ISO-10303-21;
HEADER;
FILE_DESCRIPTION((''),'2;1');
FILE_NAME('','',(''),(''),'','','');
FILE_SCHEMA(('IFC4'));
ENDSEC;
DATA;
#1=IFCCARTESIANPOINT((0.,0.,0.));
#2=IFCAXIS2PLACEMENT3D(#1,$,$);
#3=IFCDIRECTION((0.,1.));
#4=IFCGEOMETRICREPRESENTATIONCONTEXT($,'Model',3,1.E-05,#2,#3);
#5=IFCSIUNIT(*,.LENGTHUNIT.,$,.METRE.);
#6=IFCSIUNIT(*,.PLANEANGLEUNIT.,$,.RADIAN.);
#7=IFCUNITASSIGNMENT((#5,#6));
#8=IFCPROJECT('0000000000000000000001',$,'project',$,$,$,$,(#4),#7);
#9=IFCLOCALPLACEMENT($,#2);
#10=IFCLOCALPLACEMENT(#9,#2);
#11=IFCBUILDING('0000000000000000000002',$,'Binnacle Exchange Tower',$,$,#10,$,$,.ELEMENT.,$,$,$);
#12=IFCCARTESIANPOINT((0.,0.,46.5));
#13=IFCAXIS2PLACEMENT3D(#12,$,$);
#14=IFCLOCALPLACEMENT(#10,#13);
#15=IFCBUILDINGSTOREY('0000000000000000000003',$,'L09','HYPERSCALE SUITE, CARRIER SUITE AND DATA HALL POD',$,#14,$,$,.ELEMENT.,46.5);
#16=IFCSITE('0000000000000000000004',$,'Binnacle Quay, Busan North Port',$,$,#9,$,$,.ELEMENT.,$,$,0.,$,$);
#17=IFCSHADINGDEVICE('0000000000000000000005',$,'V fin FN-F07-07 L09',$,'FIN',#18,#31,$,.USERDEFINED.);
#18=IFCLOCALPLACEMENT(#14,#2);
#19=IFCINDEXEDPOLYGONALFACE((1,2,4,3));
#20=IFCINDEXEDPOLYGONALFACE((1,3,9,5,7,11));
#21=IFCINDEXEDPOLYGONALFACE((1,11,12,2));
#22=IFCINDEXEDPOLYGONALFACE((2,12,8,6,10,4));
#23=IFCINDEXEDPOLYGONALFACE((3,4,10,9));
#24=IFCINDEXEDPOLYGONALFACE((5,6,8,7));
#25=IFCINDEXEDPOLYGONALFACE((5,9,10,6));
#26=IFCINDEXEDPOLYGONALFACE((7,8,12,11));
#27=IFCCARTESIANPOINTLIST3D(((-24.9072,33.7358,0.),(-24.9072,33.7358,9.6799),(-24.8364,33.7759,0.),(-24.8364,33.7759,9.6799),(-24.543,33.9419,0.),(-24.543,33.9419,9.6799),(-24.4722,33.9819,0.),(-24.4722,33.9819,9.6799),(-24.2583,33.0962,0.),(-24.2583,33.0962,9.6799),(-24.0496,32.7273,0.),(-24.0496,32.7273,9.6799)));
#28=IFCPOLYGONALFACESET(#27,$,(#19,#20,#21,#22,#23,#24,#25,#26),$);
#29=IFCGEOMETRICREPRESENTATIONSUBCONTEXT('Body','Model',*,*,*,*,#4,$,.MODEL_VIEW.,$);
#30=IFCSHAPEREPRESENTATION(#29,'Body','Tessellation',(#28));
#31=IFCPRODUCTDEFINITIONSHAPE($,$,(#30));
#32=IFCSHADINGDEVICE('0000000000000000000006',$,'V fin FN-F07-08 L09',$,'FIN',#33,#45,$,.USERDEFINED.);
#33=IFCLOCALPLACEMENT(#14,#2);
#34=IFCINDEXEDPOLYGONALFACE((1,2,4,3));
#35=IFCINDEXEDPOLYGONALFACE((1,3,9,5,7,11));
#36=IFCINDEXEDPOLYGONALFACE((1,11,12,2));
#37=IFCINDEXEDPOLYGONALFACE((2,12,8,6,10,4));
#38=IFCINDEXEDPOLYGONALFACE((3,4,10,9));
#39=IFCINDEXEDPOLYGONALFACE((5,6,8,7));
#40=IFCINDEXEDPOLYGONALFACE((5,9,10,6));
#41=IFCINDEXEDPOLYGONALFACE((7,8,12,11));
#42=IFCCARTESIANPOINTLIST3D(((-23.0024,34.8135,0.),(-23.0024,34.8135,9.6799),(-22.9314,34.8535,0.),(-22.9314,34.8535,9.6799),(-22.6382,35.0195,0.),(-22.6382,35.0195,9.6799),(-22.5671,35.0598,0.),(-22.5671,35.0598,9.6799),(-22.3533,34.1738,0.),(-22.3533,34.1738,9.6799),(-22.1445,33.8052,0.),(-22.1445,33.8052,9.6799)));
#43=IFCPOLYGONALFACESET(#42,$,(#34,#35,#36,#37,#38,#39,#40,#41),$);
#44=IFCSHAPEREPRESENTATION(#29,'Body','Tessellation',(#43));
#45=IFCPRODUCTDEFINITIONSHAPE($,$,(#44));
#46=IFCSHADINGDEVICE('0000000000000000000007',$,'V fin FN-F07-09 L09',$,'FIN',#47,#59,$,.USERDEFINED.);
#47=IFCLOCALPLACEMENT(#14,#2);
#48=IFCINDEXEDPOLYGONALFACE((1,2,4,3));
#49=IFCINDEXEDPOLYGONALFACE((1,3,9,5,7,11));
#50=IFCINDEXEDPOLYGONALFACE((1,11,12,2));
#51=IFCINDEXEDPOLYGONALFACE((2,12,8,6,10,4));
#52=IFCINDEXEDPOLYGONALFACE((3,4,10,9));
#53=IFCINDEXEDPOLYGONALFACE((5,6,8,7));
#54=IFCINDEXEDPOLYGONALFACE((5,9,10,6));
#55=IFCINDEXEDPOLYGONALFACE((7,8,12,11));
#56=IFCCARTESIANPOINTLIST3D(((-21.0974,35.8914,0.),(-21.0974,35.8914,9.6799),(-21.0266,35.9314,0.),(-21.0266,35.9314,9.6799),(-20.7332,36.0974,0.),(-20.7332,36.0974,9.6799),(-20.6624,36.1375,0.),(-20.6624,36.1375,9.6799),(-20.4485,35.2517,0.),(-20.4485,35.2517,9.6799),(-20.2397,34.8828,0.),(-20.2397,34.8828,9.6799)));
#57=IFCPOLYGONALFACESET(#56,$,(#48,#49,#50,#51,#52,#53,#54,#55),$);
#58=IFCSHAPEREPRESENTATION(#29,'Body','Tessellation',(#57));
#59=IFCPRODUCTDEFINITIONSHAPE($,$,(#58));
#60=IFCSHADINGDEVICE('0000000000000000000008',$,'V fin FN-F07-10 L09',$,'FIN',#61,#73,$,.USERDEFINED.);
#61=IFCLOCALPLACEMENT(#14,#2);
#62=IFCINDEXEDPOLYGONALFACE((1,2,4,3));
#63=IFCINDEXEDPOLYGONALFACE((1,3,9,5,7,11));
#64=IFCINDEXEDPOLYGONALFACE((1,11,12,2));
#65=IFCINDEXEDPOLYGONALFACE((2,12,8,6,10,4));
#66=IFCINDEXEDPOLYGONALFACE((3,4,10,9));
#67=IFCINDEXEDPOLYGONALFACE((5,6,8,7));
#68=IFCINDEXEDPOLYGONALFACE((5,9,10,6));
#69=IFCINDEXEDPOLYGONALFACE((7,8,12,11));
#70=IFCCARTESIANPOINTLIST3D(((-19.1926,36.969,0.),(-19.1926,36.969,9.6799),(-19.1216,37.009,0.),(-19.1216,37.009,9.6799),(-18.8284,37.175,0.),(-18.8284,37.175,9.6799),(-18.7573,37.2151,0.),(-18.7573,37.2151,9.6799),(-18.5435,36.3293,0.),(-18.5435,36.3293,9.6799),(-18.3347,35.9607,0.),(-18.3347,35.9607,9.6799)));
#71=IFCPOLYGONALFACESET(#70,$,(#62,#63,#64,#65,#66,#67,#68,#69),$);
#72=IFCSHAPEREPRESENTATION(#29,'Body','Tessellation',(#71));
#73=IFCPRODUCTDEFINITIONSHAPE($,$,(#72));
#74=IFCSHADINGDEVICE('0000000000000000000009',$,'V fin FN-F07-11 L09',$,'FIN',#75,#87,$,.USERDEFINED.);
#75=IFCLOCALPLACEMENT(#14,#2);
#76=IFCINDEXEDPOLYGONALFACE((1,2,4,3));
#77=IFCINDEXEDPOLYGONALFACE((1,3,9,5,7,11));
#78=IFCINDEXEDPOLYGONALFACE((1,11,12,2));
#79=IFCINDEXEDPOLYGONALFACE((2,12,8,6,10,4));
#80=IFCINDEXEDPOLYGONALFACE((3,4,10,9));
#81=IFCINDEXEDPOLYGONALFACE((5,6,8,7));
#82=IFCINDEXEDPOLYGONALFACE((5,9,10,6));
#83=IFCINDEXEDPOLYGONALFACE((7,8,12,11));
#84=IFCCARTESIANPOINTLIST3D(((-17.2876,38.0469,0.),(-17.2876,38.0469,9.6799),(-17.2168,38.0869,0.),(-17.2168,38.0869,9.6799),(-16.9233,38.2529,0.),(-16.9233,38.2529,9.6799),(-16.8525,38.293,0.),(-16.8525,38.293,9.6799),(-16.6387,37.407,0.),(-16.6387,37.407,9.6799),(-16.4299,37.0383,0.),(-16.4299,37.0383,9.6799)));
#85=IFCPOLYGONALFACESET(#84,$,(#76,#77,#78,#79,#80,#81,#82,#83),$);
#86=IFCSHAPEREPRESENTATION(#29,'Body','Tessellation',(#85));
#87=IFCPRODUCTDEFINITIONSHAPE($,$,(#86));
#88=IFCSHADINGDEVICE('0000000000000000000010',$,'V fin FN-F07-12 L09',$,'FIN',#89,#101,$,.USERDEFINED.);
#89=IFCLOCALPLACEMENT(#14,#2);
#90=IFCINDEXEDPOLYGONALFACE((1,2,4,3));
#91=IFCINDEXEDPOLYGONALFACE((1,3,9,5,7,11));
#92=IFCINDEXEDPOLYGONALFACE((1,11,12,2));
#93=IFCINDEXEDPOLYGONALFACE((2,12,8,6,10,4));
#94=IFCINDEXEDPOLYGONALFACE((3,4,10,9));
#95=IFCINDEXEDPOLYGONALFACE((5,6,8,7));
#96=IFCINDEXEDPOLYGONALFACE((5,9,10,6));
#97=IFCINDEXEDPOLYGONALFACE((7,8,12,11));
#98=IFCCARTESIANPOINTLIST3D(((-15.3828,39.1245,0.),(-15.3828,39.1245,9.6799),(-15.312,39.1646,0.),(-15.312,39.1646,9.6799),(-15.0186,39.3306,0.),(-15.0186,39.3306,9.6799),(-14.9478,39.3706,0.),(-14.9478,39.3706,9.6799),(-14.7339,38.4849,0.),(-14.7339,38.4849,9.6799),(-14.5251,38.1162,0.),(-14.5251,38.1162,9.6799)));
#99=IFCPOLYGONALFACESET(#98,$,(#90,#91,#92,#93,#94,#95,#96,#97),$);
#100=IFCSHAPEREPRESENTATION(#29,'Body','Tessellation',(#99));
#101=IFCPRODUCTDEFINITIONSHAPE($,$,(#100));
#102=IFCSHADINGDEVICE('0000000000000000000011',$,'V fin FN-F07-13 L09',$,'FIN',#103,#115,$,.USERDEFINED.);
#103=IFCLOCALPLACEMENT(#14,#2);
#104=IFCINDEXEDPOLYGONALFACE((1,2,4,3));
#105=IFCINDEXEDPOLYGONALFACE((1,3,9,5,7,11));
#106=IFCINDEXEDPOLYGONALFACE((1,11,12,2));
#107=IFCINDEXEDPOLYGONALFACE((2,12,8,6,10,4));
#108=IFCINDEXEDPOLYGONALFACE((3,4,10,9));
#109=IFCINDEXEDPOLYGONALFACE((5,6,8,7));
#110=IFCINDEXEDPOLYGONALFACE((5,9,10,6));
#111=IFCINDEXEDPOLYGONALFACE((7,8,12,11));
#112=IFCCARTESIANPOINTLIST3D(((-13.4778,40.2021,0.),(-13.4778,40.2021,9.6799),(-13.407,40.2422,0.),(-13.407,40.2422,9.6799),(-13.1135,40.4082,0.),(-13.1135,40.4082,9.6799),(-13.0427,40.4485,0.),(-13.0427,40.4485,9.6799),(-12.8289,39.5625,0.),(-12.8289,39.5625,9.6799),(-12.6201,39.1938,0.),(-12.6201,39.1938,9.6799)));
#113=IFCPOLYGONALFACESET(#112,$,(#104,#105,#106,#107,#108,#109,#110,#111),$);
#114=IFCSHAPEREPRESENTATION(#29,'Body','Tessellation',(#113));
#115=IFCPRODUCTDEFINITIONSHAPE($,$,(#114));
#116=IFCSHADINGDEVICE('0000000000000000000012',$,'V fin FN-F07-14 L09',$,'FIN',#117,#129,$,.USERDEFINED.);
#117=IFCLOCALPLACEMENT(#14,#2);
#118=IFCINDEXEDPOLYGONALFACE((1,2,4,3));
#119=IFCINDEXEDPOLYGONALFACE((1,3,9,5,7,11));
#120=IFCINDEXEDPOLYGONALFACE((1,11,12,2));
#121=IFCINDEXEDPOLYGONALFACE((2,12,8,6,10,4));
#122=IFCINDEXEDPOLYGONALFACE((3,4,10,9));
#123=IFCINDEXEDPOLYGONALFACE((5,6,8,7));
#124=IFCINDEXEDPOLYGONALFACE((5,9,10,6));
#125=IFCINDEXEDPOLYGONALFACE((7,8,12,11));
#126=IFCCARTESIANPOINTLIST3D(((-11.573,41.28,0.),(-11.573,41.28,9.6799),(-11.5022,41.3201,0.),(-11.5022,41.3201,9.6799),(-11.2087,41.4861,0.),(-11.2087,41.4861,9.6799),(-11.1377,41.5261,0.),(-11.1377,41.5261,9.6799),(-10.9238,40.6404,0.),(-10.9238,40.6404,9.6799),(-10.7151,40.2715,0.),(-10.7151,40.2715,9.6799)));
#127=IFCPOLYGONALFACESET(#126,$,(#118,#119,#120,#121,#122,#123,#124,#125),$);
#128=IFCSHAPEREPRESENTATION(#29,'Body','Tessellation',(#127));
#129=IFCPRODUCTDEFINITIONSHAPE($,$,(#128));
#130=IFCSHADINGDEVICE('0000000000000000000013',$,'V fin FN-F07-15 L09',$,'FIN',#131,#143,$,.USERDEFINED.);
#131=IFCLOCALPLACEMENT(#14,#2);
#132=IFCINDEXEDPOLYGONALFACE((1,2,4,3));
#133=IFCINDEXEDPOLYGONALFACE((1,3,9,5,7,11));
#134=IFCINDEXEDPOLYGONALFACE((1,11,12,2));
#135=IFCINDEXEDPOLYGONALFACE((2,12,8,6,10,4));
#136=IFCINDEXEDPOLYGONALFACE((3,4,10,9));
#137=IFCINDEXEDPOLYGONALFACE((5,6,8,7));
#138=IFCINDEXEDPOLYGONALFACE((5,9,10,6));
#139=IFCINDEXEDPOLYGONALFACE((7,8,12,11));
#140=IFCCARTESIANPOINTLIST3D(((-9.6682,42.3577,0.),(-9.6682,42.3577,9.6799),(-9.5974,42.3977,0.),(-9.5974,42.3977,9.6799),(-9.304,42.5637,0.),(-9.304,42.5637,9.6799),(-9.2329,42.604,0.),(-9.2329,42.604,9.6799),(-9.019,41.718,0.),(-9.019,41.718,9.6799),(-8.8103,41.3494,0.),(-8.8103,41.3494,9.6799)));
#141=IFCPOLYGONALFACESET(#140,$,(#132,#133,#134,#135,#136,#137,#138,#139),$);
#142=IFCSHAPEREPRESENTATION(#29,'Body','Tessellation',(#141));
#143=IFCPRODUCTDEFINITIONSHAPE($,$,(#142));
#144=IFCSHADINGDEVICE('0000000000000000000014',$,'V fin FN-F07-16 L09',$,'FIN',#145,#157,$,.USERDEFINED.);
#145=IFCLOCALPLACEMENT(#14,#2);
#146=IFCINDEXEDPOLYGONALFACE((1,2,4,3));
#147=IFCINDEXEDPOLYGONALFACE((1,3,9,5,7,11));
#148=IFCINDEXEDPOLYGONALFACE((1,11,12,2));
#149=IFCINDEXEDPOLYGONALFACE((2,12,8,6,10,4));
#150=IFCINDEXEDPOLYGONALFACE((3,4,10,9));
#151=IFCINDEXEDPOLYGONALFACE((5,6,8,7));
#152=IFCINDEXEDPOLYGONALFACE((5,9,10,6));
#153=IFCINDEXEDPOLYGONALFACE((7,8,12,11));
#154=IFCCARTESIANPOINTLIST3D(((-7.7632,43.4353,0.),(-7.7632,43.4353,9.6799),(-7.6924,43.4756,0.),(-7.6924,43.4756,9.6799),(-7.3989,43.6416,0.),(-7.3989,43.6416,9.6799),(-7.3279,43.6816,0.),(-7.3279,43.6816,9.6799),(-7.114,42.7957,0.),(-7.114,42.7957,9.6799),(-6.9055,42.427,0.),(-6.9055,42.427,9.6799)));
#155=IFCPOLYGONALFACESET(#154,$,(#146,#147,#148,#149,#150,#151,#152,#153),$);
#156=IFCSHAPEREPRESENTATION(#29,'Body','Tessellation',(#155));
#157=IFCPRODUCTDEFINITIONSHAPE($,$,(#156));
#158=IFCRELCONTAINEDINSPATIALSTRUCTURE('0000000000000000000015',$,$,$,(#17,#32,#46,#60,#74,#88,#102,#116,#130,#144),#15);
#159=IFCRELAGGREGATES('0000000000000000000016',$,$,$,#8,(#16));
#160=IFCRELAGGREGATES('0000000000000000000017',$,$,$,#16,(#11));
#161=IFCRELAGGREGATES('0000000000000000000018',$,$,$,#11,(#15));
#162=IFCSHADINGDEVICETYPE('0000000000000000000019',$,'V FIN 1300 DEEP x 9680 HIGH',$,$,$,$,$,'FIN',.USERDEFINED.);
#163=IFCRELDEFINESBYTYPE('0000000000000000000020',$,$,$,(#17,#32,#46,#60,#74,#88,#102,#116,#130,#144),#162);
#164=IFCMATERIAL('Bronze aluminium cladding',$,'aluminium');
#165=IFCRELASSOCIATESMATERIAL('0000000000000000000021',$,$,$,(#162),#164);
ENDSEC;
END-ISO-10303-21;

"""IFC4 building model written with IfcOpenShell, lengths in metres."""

from ifc_helpers import new_model, si_unit, direction, frame, origin, place, context, subcontext, project, spatial, polyline, outline, extrude, material, type_object, element, save


model = new_model("IFC4")

# Units and contexts
model_context = context("Model", 3, precision=1e-05, world=origin(), true_north=direction((0.0, 1.0)))
body_context = subcontext(model_context, "Body", "Model", "MODEL_VIEW")
ifc_project = project(units=[si_unit("LENGTHUNIT", "METRE"), si_unit("PLANEANGLEUNIT", "RADIAN")], contexts=[model_context])

# Site, building, storey
site_placement = place(None, origin())
site = spatial("IfcSite", under=ifc_project, at=site_placement, Name="Binnacle Quay, Busan North Port", CompositionType="ELEMENT", RefElevation=0.0)
building_placement = place(site_placement, origin())
building = spatial("IfcBuilding", under=site, at=building_placement, Name="Binnacle Exchange Tower", CompositionType="ELEMENT")
storey_placement = place(building_placement, frame((0.0, 0.0, 46.5)))
storey = spatial("IfcBuildingStorey", under=building, at=storey_placement, Name="L09", Description="HYPERSCALE SUITE, CARRIER SUITE AND DATA HALL POD", CompositionType="ELEMENT", Elevation=46.5)

# Shading devices
ifc_material = material(Name="Bronze aluminium cladding", Category="aluminium")
shading_device_type = type_object("IfcShadingDeviceType", Name="V FIN 1300 DEEP x 9680 HIGH", ElementType="FIN", PredefinedType="USERDEFINED", material=ifc_material)
shading_device_1_placement = place(storey_placement, origin())
element("IfcShadingDevice", 1, at=shading_device_1_placement, inside=storey, type_object=shading_device_type, Name="V fin FN-F07-07 L09", ObjectType="FIN", PredefinedType="USERDEFINED", context=body_context, shape_type="SweptSolid", body=[
    extrude(outline(polyline([(-24.9072, 33.7358), (-24.0496, 32.7273), (-24.4722, 33.9819), (-24.543, 33.9419), (-24.2583, 33.0962), (-24.8364, 33.7759), (-24.9072, 33.7358)])), origin(), (0.0, 0.0, 1.0), 9.6799),
])
shading_device_2_placement = place(storey_placement, origin())
element("IfcShadingDevice", 2, at=shading_device_2_placement, inside=storey, type_object=shading_device_type, Name="V fin FN-F07-08 L09", ObjectType="FIN", PredefinedType="USERDEFINED", context=body_context, shape_type="SweptSolid", body=[
    extrude(outline(polyline([(-23.0024, 34.8135), (-22.1445, 33.8052), (-22.5671, 35.0598), (-22.6382, 35.0195), (-22.3533, 34.1738), (-22.9314, 34.8535), (-23.0024, 34.8135)])), origin(), (0.0, 0.0, 1.0), 9.6799),
])
shading_device_3_placement = place(storey_placement, origin())
element("IfcShadingDevice", 3, at=shading_device_3_placement, inside=storey, type_object=shading_device_type, Name="V fin FN-F07-09 L09", ObjectType="FIN", PredefinedType="USERDEFINED", context=body_context, shape_type="SweptSolid", body=[
    extrude(outline(polyline([(-21.0974, 35.8914), (-20.2397, 34.8828), (-20.6624, 36.1375), (-20.7332, 36.0974), (-20.4485, 35.2517), (-21.0266, 35.9314), (-21.0974, 35.8914)])), origin(), (0.0, 0.0, 1.0), 9.6799),
])
shading_device_4_placement = place(storey_placement, origin())
element("IfcShadingDevice", 4, at=shading_device_4_placement, inside=storey, type_object=shading_device_type, Name="V fin FN-F07-10 L09", ObjectType="FIN", PredefinedType="USERDEFINED", context=body_context, shape_type="SweptSolid", body=[
    extrude(outline(polyline([(-19.1926, 36.969), (-18.3347, 35.9607), (-18.7573, 37.2151), (-18.8284, 37.175), (-18.5435, 36.3293), (-19.1216, 37.009), (-19.1926, 36.969)])), origin(), (0.0, 0.0, 1.0), 9.6799),
])
shading_device_5_placement = place(storey_placement, origin())
element("IfcShadingDevice", 5, at=shading_device_5_placement, inside=storey, type_object=shading_device_type, Name="V fin FN-F07-11 L09", ObjectType="FIN", PredefinedType="USERDEFINED", context=body_context, shape_type="SweptSolid", body=[
    extrude(outline(polyline([(-17.2876, 38.0469), (-16.4299, 37.0383), (-16.8525, 38.293), (-16.9233, 38.2529), (-16.6387, 37.407), (-17.2168, 38.0869), (-17.2876, 38.0469)])), origin(), (0.0, 0.0, 1.0), 9.6799),
])
shading_device_6_placement = place(storey_placement, origin())
element("IfcShadingDevice", 6, at=shading_device_6_placement, inside=storey, type_object=shading_device_type, Name="V fin FN-F07-12 L09", ObjectType="FIN", PredefinedType="USERDEFINED", context=body_context, shape_type="SweptSolid", body=[
    extrude(outline(polyline([(-15.3828, 39.1245), (-14.5251, 38.1162), (-14.9478, 39.3706), (-15.0186, 39.3306), (-14.7339, 38.4849), (-15.312, 39.1646), (-15.3828, 39.1245)])), origin(), (0.0, 0.0, 1.0), 9.6799),
])
shading_device_7_placement = place(storey_placement, origin())
element("IfcShadingDevice", 7, at=shading_device_7_placement, inside=storey, type_object=shading_device_type, Name="V fin FN-F07-13 L09", ObjectType="FIN", PredefinedType="USERDEFINED", context=body_context, shape_type="SweptSolid", body=[
    extrude(outline(polyline([(-13.4778, 40.2021), (-12.6201, 39.1938), (-13.0427, 40.4485), (-13.1135, 40.4082), (-12.8289, 39.5625), (-13.407, 40.2422), (-13.4778, 40.2021)])), origin(), (0.0, 0.0, 1.0), 9.6799),
])
shading_device_8_placement = place(storey_placement, origin())
element("IfcShadingDevice", 8, at=shading_device_8_placement, inside=storey, type_object=shading_device_type, Name="V fin FN-F07-14 L09", ObjectType="FIN", PredefinedType="USERDEFINED", context=body_context, shape_type="SweptSolid", body=[
    extrude(outline(polyline([(-11.573, 41.28), (-10.7151, 40.2715), (-11.1377, 41.5261), (-11.2087, 41.4861), (-10.9238, 40.6404), (-11.5022, 41.3201), (-11.573, 41.28)])), origin(), (0.0, 0.0, 1.0), 9.6799),
])
shading_device_9_placement = place(storey_placement, origin())
element("IfcShadingDevice", 9, at=shading_device_9_placement, inside=storey, type_object=shading_device_type, Name="V fin FN-F07-15 L09", ObjectType="FIN", PredefinedType="USERDEFINED", context=body_context, shape_type="SweptSolid", body=[
    extrude(outline(polyline([(-9.6682, 42.3577), (-8.8103, 41.3494), (-9.2329, 42.604), (-9.304, 42.5637), (-9.019, 41.718), (-9.5974, 42.3977), (-9.6682, 42.3577)])), origin(), (0.0, 0.0, 1.0), 9.6799),
])
shading_device_10_placement = place(storey_placement, origin())
element("IfcShadingDevice", 10, at=shading_device_10_placement, inside=storey, type_object=shading_device_type, Name="V fin FN-F07-16 L09", ObjectType="FIN", PredefinedType="USERDEFINED", context=body_context, shape_type="SweptSolid", body=[
    extrude(outline(polyline([(-7.7632, 43.4353), (-6.9055, 42.427), (-7.3279, 43.6816), (-7.3989, 43.6416), (-7.114, 42.7957), (-7.6924, 43.4756), (-7.7632, 43.4353)])), origin(), (0.0, 0.0, 1.0), 9.6799),
])

save(model, "model.ifc")
